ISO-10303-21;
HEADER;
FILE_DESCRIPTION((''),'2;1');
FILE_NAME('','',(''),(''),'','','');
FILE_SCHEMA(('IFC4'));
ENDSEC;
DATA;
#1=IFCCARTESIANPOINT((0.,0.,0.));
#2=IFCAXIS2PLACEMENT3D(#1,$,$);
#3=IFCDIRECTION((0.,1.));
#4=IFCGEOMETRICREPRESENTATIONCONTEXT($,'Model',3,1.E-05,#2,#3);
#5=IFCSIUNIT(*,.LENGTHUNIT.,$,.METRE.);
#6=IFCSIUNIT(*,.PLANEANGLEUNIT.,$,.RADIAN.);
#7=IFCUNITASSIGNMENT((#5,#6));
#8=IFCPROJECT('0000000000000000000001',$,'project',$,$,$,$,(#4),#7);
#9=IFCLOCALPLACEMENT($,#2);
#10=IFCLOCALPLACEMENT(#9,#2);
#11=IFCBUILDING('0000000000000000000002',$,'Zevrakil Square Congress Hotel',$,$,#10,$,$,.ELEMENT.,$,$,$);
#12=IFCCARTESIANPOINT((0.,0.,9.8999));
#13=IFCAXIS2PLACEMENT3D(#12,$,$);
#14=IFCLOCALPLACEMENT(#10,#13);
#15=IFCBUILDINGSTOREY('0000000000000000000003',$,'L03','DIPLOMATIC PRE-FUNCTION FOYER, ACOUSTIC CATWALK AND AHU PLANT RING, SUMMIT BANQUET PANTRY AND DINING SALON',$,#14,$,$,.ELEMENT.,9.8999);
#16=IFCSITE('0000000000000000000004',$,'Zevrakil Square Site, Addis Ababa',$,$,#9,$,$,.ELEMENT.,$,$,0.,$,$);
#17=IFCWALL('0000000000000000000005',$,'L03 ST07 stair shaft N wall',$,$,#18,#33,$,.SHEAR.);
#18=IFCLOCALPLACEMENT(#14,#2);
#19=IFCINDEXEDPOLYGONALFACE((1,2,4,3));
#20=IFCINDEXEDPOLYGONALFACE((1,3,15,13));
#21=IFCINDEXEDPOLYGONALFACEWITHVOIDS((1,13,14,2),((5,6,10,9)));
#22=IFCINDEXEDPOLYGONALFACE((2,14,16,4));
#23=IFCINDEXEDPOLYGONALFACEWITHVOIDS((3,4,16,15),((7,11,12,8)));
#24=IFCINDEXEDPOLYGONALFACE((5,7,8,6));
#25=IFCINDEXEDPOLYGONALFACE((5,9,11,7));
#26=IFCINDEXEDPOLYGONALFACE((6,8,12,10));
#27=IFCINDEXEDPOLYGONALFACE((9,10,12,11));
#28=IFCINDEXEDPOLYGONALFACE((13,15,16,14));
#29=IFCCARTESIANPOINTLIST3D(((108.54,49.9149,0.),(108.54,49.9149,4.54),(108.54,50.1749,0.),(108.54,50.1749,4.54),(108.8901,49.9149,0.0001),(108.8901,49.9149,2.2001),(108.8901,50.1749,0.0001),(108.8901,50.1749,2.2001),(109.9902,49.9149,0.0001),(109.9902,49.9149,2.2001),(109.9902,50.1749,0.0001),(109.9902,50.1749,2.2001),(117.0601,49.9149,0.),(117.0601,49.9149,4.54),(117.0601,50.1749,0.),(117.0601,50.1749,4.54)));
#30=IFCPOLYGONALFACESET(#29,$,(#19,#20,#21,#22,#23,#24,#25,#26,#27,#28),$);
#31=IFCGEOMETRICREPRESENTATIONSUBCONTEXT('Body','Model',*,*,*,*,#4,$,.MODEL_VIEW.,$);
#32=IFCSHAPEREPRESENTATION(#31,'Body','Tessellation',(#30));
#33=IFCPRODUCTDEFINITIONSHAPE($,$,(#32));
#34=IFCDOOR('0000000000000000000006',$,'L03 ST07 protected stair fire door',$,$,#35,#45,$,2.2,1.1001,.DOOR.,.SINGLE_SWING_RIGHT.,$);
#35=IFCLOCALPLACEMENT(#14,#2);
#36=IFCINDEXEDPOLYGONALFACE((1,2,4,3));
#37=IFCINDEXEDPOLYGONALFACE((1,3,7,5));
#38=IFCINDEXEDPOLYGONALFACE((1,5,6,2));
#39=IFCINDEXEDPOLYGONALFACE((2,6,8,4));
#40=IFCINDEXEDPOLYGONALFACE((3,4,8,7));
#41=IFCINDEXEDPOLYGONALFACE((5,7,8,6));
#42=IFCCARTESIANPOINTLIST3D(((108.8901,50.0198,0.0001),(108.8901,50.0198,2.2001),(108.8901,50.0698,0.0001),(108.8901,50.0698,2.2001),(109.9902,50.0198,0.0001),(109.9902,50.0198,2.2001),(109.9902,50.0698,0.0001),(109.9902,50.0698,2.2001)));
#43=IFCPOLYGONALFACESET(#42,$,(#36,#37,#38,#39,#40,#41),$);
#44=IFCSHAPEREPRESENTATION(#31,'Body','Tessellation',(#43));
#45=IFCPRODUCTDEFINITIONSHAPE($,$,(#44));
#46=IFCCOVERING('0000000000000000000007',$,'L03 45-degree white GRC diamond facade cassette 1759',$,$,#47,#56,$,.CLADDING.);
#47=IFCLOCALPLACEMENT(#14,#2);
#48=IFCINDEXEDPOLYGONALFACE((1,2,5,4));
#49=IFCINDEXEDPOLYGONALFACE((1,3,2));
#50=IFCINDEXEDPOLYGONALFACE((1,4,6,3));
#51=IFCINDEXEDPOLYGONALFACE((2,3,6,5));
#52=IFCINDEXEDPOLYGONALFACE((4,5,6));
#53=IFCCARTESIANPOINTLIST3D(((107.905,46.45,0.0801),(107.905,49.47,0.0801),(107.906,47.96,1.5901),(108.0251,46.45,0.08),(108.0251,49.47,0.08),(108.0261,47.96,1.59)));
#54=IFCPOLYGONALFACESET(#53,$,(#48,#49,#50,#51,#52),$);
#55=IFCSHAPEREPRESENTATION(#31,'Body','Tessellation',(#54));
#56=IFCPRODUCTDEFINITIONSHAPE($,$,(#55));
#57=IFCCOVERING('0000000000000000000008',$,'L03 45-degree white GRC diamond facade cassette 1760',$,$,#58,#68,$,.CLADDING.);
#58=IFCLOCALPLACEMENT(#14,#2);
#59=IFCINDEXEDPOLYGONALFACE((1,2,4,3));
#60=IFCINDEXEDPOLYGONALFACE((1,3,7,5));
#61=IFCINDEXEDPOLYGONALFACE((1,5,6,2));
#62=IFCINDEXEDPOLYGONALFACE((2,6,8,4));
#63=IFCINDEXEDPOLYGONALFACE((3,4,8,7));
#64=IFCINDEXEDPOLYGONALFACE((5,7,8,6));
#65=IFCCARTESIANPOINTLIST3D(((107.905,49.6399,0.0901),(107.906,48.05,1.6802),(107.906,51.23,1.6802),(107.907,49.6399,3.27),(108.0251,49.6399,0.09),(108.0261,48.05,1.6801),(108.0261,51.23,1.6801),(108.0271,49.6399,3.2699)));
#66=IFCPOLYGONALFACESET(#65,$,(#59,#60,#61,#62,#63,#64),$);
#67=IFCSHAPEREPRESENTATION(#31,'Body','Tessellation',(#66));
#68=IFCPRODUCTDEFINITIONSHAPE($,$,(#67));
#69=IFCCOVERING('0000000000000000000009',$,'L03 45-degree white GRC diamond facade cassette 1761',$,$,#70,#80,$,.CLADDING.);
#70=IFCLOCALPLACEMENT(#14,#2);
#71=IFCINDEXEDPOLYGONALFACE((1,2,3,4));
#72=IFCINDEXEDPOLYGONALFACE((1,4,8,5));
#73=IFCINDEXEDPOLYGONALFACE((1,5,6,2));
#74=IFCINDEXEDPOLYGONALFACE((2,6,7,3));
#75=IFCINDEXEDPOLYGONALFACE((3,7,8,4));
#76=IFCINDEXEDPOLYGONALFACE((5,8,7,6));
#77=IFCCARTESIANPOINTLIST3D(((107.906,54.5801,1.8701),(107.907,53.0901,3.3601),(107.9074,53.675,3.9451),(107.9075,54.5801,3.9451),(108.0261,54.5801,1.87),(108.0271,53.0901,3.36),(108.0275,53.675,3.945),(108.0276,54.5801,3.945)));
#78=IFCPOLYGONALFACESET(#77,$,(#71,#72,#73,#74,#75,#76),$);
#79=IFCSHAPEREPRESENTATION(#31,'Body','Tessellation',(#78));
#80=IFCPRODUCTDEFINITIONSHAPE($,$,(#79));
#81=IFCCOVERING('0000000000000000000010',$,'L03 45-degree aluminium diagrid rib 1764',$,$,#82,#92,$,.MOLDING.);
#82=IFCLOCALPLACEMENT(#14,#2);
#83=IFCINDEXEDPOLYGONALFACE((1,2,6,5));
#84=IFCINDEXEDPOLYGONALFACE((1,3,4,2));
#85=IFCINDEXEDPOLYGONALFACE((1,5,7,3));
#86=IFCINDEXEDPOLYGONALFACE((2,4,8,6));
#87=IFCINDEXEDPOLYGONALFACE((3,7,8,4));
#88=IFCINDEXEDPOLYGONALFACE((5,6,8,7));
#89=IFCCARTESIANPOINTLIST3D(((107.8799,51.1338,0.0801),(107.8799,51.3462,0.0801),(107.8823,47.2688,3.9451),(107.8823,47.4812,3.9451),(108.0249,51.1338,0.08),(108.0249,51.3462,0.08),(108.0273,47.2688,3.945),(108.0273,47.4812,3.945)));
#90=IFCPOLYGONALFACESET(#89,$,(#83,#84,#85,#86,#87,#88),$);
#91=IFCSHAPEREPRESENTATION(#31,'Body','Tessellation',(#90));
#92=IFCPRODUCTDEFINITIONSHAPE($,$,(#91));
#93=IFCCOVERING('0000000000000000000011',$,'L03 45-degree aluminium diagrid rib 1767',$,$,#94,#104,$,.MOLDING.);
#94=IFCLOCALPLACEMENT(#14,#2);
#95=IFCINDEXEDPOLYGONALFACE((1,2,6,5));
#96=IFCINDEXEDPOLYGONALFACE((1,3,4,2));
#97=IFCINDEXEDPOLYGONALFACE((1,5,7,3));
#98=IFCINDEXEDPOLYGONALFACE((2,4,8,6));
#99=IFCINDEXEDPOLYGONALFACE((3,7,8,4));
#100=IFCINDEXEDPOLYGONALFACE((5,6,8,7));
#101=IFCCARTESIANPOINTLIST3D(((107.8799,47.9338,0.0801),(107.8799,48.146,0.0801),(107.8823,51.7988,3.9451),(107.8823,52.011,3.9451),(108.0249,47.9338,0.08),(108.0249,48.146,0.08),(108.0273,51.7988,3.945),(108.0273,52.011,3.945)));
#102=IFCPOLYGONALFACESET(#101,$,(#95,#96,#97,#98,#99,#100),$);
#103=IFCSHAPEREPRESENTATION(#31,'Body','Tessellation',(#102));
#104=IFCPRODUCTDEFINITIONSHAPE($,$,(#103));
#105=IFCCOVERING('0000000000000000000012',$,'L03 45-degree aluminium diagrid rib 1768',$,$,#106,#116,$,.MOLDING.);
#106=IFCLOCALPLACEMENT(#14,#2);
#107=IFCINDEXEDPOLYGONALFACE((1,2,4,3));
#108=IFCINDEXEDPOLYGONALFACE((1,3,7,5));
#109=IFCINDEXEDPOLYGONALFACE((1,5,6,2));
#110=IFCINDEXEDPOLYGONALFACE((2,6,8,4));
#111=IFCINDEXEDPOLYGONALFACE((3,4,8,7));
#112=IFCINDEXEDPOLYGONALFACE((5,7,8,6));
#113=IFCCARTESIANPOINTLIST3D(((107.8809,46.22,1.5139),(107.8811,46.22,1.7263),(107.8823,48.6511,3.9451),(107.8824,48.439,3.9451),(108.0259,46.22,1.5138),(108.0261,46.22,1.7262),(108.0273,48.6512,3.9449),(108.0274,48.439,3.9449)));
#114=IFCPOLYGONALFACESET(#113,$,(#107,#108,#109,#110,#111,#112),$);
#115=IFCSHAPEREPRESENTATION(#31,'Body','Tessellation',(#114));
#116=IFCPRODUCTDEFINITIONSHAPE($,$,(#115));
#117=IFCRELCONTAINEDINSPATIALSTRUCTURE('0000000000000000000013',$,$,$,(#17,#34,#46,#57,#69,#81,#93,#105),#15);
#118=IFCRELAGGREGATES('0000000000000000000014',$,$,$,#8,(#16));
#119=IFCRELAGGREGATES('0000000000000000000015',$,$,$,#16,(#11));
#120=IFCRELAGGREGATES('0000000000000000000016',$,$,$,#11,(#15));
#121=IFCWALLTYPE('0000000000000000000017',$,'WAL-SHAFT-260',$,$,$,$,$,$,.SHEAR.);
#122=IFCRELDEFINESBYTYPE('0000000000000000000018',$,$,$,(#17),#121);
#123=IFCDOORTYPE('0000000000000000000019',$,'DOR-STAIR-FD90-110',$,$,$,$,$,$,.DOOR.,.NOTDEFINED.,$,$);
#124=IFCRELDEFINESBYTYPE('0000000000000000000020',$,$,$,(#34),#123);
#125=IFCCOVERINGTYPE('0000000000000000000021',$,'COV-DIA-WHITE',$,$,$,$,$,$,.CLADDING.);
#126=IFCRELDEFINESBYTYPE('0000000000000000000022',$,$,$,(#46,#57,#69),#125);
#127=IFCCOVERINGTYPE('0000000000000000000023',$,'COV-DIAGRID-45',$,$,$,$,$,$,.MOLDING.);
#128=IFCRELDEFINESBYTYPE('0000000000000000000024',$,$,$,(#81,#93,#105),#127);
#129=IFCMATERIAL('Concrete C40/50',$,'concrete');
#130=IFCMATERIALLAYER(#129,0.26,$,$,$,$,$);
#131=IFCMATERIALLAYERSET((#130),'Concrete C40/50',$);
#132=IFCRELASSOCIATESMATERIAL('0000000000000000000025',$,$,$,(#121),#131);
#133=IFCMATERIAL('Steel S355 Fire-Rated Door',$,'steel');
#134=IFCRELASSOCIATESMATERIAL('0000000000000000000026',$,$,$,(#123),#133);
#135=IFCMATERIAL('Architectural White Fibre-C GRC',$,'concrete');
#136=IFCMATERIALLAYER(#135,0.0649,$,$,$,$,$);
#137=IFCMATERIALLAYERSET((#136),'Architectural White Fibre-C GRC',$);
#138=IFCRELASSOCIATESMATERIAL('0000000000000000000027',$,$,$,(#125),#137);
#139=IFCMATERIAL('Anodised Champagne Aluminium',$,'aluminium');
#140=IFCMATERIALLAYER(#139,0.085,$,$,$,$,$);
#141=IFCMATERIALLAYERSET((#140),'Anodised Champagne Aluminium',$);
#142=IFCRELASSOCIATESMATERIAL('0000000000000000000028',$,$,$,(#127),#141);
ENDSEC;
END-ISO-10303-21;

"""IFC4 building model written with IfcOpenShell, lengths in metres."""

from ifc_helpers import new_model, si_unit, direction, frame, frame_2d, origin, place, context, subcontext, project, spatial, polyline, rectangle, outline, extrude, material, layer, layer_set, type_object, element, fill, save


model = new_model("IFC4")

# Units and contexts
model_context = context("Model", 3, precision=1e-05, world=origin(), true_north=direction((0.0, 1.0)))
body_context = subcontext(model_context, "Body", "Model", "MODEL_VIEW")
ifc_project = project(units=[si_unit("LENGTHUNIT", "METRE"), si_unit("PLANEANGLEUNIT", "RADIAN")], contexts=[model_context])

# Site, building, storey
site_placement = place(None, origin())
site = spatial("IfcSite", under=ifc_project, at=site_placement, Name="Zevrakil Square Site, Addis Ababa", CompositionType="ELEMENT", RefElevation=0.0)
building_placement = place(site_placement, origin())
building = spatial("IfcBuilding", under=site, at=building_placement, Name="Zevrakil Square Congress Hotel", CompositionType="ELEMENT")
storey_placement = place(building_placement, frame((0.0, 0.0, 9.8999)))
storey = spatial("IfcBuildingStorey", under=building, at=storey_placement, Name="L03", Description="DIPLOMATIC PRE-FUNCTION FOYER, ACOUSTIC CATWALK AND AHU PLANT RING, SUMMIT BANQUET PANTRY AND DINING SALON", CompositionType="ELEMENT", Elevation=9.8999)

# Wall, opening, door
ifc_material_1 = material(Name="Concrete C40/50", Category="concrete")
ifc_layer_1 = layer(ifc_material_1, 0.26)
ifc_layer_set_1 = layer_set([ifc_layer_1], Name="Concrete C40/50")
wall_type_1 = type_object("IfcWallType", Name="WAL-SHAFT-260", PredefinedType="SHEAR", material=ifc_layer_set_1)
wall_1_placement = place(storey_placement, frame((108.54, 50.0449, 0.0), z_axis=(0.0, 0.0, 1.0), x_axis=(1.0, 0.0, 0.0)))
wall_1 = element("IfcWall", 1, at=wall_1_placement, inside=storey, type_object=wall_type_1, Name="L03 ST07 stair shaft N wall", PredefinedType="SHEAR", context=body_context, shape_type="SweptSolid", body=[
    extrude(rectangle(XDim=8.52, YDim=0.26, at=frame_2d((4.26, 0.0))), origin(), (0.0, 0.0, 1.0), 4.54),
])
opening_1_placement = place(wall_1_placement, frame((0.3501, 0.0, 0.0)))
opening_1 = element("IfcOpeningElement", 2, at=opening_1_placement, cuts=wall_1, PredefinedType="OPENING", context=body_context, shape_type="SweptSolid", body=[
    extrude(rectangle(XDim=1.1001, YDim=2.2, at=frame_2d((0.55, 1.1001))), frame((0.0, 0.1401, 0.0), z_axis=(0.0, -1.0, 0.0), x_axis=(1.0, 0.0, 0.0)), (0.0, 0.0, 1.0), 0.28),
])
ifc_material_2 = material(Name="Steel S355 Fire-Rated Door", Category="steel")
door_type_1 = type_object("IfcDoorType", Name="DOR-STAIR-FD90-110", OperationType="NOTDEFINED", PredefinedType="DOOR", material=ifc_material_2)
door_1_placement = place(opening_1_placement, origin())
door_1 = element("IfcDoor", 3, at=door_1_placement, inside=storey, type_object=door_type_1, Name="L03 ST07 protected stair fire door", OperationType="SINGLE_SWING_RIGHT", OverallHeight=2.2, OverallWidth=1.1001, PredefinedType="DOOR", context=body_context, shape_type="SweptSolid", body=[
    extrude(rectangle(XDim=1.1001, YDim=2.2, at=frame_2d((0.55, 1.1001))), frame((0.0, 0.0249, 0.0), z_axis=(0.0, -1.0, 0.0), x_axis=(1.0, 0.0, 0.0)), (0.0, 0.0, 1.0), 0.05),
])
fill(opening_1, door_1)

# Coverings
ifc_material_3 = material(Name="Architectural White Fibre-C GRC", Category="concrete")
ifc_layer_2 = layer(ifc_material_3, 0.0649)
ifc_layer_set_2 = layer_set([ifc_layer_2], Name="Architectural White Fibre-C GRC")
covering_type_1 = type_object("IfcCoveringType", Name="COV-DIA-WHITE", PredefinedType="CLADDING", material=ifc_layer_set_2)
covering_1_placement = place(storey_placement, frame((107.906, 47.96, 1.5901), z_axis=(-1.0, 0.0, 0.000647), x_axis=(-0.000457, -0.707107, -0.707107)))
element("IfcCovering", 4, at=covering_1_placement, inside=storey, type_object=covering_type_1, Name="L03 45-degree white GRC diamond facade cassette 1759", PredefinedType="CLADDING", context=body_context, shape_type="SweptSolid", body=[
    extrude(outline(polyline([(0.0, 0.0), (2.1355, 0.0), (0.0, -2.1355), (0.0, 0.0)])), origin(), (0.0, 0.0, -1.0), 0.1201),
])
covering_2_placement = place(storey_placement, frame((107.907, 49.6399, 3.27), z_axis=(-1.0, 0.0, 0.000614), x_axis=(-0.000434, -0.707107, -0.707107)))
element("IfcCovering", 5, at=covering_2_placement, inside=storey, type_object=covering_type_1, Name="L03 45-degree white GRC diamond facade cassette 1760", PredefinedType="CLADDING", context=body_context, shape_type="SweptSolid", body=[
    extrude(outline(polyline([(0.0, 0.0), (2.2484, 0.0), (2.2486, -2.2486), (-0.0002, -2.2486), (0.0, 0.0)])), origin(), (0.0, 0.0, -1.0), 0.1201),
])
covering_3_placement = place(storey_placement, frame((107.907, 53.0901, 3.3601), z_axis=(-1.0, 0.000043, 0.000725), x_axis=(-0.000482, 0.707107, -0.707107)))
element("IfcCovering", 6, at=covering_3_placement, inside=storey, type_object=covering_type_1, Name="L03 45-degree white GRC diamond facade cassette 1761", PredefinedType="CLADDING", context=body_context, shape_type="SweptSolid", body=[
    extrude(outline(polyline([(0.0, 0.0), (2.1072, 0.0), (0.64, -1.4672), (0.0, -0.8273), (0.0, 0.0)])), origin(), (0.0, 0.0, -1.0), 0.1201),
])
ifc_material_4 = material(Name="Anodised Champagne Aluminium", Category="aluminium")
ifc_layer_3 = layer(ifc_material_4, 0.085)
ifc_layer_set_3 = layer_set([ifc_layer_3], Name="Anodised Champagne Aluminium")
covering_type_2 = type_object("IfcCoveringType", Name="COV-DIAGRID-45", PredefinedType="MOLDING", material=ifc_layer_set_3)
covering_4_placement = place(storey_placement, frame((107.8799, 51.1338, 0.0801), z_axis=(-1.0, 0.0, 0.000632), x_axis=(0.0, 1.0, 0.0)))
element("IfcCovering", 7, at=covering_4_placement, inside=storey, type_object=covering_type_2, Name="L03 45-degree aluminium diagrid rib 1764", PredefinedType="MOLDING", context=body_context, shape_type="SweptSolid", body=[
    extrude(outline(polyline([(0.0, 0.0), (0.2124, 0.0), (-3.6526, -3.865), (-3.865, -3.865), (0.0, 0.0)])), origin(), (0.0, 0.0, -1.0), 0.145),
])
covering_5_placement = place(storey_placement, frame((107.8823, 52.011, 3.9451), z_axis=(-1.0, 0.0, 0.000632), x_axis=(0.0, -1.0, 0.0)))
element("IfcCovering", 8, at=covering_5_placement, inside=storey, type_object=covering_type_2, Name="L03 45-degree aluminium diagrid rib 1767", PredefinedType="MOLDING", context=body_context, shape_type="SweptSolid", body=[
    extrude(outline(polyline([(0.0, 0.0), (0.2122, 0.0), (4.0771, -3.865), (3.865, -3.865), (0.0, 0.0)])), origin(), (0.0, 0.0, -1.0), 0.145),
])
covering_6_placement = place(storey_placement, frame((107.8823, 48.6511, 3.9451), z_axis=(-1.0, -0.000286, 0.000864), x_axis=(0.000286, -1.0, 0.0)))
element("IfcCovering", 9, at=covering_6_placement, inside=storey, type_object=covering_type_2, Name="L03 45-degree aluminium diagrid rib 1768", PredefinedType="MOLDING", context=body_context, shape_type="SweptSolid", body=[
    extrude(outline(polyline([(0.0, 0.0), (0.2122, 0.0), (2.4312, -2.2188), (2.4312, -2.4312), (0.0, 0.0)])), origin(), (0.0, 0.0, -1.0), 0.145),
])

save(model, "model.ifc")
